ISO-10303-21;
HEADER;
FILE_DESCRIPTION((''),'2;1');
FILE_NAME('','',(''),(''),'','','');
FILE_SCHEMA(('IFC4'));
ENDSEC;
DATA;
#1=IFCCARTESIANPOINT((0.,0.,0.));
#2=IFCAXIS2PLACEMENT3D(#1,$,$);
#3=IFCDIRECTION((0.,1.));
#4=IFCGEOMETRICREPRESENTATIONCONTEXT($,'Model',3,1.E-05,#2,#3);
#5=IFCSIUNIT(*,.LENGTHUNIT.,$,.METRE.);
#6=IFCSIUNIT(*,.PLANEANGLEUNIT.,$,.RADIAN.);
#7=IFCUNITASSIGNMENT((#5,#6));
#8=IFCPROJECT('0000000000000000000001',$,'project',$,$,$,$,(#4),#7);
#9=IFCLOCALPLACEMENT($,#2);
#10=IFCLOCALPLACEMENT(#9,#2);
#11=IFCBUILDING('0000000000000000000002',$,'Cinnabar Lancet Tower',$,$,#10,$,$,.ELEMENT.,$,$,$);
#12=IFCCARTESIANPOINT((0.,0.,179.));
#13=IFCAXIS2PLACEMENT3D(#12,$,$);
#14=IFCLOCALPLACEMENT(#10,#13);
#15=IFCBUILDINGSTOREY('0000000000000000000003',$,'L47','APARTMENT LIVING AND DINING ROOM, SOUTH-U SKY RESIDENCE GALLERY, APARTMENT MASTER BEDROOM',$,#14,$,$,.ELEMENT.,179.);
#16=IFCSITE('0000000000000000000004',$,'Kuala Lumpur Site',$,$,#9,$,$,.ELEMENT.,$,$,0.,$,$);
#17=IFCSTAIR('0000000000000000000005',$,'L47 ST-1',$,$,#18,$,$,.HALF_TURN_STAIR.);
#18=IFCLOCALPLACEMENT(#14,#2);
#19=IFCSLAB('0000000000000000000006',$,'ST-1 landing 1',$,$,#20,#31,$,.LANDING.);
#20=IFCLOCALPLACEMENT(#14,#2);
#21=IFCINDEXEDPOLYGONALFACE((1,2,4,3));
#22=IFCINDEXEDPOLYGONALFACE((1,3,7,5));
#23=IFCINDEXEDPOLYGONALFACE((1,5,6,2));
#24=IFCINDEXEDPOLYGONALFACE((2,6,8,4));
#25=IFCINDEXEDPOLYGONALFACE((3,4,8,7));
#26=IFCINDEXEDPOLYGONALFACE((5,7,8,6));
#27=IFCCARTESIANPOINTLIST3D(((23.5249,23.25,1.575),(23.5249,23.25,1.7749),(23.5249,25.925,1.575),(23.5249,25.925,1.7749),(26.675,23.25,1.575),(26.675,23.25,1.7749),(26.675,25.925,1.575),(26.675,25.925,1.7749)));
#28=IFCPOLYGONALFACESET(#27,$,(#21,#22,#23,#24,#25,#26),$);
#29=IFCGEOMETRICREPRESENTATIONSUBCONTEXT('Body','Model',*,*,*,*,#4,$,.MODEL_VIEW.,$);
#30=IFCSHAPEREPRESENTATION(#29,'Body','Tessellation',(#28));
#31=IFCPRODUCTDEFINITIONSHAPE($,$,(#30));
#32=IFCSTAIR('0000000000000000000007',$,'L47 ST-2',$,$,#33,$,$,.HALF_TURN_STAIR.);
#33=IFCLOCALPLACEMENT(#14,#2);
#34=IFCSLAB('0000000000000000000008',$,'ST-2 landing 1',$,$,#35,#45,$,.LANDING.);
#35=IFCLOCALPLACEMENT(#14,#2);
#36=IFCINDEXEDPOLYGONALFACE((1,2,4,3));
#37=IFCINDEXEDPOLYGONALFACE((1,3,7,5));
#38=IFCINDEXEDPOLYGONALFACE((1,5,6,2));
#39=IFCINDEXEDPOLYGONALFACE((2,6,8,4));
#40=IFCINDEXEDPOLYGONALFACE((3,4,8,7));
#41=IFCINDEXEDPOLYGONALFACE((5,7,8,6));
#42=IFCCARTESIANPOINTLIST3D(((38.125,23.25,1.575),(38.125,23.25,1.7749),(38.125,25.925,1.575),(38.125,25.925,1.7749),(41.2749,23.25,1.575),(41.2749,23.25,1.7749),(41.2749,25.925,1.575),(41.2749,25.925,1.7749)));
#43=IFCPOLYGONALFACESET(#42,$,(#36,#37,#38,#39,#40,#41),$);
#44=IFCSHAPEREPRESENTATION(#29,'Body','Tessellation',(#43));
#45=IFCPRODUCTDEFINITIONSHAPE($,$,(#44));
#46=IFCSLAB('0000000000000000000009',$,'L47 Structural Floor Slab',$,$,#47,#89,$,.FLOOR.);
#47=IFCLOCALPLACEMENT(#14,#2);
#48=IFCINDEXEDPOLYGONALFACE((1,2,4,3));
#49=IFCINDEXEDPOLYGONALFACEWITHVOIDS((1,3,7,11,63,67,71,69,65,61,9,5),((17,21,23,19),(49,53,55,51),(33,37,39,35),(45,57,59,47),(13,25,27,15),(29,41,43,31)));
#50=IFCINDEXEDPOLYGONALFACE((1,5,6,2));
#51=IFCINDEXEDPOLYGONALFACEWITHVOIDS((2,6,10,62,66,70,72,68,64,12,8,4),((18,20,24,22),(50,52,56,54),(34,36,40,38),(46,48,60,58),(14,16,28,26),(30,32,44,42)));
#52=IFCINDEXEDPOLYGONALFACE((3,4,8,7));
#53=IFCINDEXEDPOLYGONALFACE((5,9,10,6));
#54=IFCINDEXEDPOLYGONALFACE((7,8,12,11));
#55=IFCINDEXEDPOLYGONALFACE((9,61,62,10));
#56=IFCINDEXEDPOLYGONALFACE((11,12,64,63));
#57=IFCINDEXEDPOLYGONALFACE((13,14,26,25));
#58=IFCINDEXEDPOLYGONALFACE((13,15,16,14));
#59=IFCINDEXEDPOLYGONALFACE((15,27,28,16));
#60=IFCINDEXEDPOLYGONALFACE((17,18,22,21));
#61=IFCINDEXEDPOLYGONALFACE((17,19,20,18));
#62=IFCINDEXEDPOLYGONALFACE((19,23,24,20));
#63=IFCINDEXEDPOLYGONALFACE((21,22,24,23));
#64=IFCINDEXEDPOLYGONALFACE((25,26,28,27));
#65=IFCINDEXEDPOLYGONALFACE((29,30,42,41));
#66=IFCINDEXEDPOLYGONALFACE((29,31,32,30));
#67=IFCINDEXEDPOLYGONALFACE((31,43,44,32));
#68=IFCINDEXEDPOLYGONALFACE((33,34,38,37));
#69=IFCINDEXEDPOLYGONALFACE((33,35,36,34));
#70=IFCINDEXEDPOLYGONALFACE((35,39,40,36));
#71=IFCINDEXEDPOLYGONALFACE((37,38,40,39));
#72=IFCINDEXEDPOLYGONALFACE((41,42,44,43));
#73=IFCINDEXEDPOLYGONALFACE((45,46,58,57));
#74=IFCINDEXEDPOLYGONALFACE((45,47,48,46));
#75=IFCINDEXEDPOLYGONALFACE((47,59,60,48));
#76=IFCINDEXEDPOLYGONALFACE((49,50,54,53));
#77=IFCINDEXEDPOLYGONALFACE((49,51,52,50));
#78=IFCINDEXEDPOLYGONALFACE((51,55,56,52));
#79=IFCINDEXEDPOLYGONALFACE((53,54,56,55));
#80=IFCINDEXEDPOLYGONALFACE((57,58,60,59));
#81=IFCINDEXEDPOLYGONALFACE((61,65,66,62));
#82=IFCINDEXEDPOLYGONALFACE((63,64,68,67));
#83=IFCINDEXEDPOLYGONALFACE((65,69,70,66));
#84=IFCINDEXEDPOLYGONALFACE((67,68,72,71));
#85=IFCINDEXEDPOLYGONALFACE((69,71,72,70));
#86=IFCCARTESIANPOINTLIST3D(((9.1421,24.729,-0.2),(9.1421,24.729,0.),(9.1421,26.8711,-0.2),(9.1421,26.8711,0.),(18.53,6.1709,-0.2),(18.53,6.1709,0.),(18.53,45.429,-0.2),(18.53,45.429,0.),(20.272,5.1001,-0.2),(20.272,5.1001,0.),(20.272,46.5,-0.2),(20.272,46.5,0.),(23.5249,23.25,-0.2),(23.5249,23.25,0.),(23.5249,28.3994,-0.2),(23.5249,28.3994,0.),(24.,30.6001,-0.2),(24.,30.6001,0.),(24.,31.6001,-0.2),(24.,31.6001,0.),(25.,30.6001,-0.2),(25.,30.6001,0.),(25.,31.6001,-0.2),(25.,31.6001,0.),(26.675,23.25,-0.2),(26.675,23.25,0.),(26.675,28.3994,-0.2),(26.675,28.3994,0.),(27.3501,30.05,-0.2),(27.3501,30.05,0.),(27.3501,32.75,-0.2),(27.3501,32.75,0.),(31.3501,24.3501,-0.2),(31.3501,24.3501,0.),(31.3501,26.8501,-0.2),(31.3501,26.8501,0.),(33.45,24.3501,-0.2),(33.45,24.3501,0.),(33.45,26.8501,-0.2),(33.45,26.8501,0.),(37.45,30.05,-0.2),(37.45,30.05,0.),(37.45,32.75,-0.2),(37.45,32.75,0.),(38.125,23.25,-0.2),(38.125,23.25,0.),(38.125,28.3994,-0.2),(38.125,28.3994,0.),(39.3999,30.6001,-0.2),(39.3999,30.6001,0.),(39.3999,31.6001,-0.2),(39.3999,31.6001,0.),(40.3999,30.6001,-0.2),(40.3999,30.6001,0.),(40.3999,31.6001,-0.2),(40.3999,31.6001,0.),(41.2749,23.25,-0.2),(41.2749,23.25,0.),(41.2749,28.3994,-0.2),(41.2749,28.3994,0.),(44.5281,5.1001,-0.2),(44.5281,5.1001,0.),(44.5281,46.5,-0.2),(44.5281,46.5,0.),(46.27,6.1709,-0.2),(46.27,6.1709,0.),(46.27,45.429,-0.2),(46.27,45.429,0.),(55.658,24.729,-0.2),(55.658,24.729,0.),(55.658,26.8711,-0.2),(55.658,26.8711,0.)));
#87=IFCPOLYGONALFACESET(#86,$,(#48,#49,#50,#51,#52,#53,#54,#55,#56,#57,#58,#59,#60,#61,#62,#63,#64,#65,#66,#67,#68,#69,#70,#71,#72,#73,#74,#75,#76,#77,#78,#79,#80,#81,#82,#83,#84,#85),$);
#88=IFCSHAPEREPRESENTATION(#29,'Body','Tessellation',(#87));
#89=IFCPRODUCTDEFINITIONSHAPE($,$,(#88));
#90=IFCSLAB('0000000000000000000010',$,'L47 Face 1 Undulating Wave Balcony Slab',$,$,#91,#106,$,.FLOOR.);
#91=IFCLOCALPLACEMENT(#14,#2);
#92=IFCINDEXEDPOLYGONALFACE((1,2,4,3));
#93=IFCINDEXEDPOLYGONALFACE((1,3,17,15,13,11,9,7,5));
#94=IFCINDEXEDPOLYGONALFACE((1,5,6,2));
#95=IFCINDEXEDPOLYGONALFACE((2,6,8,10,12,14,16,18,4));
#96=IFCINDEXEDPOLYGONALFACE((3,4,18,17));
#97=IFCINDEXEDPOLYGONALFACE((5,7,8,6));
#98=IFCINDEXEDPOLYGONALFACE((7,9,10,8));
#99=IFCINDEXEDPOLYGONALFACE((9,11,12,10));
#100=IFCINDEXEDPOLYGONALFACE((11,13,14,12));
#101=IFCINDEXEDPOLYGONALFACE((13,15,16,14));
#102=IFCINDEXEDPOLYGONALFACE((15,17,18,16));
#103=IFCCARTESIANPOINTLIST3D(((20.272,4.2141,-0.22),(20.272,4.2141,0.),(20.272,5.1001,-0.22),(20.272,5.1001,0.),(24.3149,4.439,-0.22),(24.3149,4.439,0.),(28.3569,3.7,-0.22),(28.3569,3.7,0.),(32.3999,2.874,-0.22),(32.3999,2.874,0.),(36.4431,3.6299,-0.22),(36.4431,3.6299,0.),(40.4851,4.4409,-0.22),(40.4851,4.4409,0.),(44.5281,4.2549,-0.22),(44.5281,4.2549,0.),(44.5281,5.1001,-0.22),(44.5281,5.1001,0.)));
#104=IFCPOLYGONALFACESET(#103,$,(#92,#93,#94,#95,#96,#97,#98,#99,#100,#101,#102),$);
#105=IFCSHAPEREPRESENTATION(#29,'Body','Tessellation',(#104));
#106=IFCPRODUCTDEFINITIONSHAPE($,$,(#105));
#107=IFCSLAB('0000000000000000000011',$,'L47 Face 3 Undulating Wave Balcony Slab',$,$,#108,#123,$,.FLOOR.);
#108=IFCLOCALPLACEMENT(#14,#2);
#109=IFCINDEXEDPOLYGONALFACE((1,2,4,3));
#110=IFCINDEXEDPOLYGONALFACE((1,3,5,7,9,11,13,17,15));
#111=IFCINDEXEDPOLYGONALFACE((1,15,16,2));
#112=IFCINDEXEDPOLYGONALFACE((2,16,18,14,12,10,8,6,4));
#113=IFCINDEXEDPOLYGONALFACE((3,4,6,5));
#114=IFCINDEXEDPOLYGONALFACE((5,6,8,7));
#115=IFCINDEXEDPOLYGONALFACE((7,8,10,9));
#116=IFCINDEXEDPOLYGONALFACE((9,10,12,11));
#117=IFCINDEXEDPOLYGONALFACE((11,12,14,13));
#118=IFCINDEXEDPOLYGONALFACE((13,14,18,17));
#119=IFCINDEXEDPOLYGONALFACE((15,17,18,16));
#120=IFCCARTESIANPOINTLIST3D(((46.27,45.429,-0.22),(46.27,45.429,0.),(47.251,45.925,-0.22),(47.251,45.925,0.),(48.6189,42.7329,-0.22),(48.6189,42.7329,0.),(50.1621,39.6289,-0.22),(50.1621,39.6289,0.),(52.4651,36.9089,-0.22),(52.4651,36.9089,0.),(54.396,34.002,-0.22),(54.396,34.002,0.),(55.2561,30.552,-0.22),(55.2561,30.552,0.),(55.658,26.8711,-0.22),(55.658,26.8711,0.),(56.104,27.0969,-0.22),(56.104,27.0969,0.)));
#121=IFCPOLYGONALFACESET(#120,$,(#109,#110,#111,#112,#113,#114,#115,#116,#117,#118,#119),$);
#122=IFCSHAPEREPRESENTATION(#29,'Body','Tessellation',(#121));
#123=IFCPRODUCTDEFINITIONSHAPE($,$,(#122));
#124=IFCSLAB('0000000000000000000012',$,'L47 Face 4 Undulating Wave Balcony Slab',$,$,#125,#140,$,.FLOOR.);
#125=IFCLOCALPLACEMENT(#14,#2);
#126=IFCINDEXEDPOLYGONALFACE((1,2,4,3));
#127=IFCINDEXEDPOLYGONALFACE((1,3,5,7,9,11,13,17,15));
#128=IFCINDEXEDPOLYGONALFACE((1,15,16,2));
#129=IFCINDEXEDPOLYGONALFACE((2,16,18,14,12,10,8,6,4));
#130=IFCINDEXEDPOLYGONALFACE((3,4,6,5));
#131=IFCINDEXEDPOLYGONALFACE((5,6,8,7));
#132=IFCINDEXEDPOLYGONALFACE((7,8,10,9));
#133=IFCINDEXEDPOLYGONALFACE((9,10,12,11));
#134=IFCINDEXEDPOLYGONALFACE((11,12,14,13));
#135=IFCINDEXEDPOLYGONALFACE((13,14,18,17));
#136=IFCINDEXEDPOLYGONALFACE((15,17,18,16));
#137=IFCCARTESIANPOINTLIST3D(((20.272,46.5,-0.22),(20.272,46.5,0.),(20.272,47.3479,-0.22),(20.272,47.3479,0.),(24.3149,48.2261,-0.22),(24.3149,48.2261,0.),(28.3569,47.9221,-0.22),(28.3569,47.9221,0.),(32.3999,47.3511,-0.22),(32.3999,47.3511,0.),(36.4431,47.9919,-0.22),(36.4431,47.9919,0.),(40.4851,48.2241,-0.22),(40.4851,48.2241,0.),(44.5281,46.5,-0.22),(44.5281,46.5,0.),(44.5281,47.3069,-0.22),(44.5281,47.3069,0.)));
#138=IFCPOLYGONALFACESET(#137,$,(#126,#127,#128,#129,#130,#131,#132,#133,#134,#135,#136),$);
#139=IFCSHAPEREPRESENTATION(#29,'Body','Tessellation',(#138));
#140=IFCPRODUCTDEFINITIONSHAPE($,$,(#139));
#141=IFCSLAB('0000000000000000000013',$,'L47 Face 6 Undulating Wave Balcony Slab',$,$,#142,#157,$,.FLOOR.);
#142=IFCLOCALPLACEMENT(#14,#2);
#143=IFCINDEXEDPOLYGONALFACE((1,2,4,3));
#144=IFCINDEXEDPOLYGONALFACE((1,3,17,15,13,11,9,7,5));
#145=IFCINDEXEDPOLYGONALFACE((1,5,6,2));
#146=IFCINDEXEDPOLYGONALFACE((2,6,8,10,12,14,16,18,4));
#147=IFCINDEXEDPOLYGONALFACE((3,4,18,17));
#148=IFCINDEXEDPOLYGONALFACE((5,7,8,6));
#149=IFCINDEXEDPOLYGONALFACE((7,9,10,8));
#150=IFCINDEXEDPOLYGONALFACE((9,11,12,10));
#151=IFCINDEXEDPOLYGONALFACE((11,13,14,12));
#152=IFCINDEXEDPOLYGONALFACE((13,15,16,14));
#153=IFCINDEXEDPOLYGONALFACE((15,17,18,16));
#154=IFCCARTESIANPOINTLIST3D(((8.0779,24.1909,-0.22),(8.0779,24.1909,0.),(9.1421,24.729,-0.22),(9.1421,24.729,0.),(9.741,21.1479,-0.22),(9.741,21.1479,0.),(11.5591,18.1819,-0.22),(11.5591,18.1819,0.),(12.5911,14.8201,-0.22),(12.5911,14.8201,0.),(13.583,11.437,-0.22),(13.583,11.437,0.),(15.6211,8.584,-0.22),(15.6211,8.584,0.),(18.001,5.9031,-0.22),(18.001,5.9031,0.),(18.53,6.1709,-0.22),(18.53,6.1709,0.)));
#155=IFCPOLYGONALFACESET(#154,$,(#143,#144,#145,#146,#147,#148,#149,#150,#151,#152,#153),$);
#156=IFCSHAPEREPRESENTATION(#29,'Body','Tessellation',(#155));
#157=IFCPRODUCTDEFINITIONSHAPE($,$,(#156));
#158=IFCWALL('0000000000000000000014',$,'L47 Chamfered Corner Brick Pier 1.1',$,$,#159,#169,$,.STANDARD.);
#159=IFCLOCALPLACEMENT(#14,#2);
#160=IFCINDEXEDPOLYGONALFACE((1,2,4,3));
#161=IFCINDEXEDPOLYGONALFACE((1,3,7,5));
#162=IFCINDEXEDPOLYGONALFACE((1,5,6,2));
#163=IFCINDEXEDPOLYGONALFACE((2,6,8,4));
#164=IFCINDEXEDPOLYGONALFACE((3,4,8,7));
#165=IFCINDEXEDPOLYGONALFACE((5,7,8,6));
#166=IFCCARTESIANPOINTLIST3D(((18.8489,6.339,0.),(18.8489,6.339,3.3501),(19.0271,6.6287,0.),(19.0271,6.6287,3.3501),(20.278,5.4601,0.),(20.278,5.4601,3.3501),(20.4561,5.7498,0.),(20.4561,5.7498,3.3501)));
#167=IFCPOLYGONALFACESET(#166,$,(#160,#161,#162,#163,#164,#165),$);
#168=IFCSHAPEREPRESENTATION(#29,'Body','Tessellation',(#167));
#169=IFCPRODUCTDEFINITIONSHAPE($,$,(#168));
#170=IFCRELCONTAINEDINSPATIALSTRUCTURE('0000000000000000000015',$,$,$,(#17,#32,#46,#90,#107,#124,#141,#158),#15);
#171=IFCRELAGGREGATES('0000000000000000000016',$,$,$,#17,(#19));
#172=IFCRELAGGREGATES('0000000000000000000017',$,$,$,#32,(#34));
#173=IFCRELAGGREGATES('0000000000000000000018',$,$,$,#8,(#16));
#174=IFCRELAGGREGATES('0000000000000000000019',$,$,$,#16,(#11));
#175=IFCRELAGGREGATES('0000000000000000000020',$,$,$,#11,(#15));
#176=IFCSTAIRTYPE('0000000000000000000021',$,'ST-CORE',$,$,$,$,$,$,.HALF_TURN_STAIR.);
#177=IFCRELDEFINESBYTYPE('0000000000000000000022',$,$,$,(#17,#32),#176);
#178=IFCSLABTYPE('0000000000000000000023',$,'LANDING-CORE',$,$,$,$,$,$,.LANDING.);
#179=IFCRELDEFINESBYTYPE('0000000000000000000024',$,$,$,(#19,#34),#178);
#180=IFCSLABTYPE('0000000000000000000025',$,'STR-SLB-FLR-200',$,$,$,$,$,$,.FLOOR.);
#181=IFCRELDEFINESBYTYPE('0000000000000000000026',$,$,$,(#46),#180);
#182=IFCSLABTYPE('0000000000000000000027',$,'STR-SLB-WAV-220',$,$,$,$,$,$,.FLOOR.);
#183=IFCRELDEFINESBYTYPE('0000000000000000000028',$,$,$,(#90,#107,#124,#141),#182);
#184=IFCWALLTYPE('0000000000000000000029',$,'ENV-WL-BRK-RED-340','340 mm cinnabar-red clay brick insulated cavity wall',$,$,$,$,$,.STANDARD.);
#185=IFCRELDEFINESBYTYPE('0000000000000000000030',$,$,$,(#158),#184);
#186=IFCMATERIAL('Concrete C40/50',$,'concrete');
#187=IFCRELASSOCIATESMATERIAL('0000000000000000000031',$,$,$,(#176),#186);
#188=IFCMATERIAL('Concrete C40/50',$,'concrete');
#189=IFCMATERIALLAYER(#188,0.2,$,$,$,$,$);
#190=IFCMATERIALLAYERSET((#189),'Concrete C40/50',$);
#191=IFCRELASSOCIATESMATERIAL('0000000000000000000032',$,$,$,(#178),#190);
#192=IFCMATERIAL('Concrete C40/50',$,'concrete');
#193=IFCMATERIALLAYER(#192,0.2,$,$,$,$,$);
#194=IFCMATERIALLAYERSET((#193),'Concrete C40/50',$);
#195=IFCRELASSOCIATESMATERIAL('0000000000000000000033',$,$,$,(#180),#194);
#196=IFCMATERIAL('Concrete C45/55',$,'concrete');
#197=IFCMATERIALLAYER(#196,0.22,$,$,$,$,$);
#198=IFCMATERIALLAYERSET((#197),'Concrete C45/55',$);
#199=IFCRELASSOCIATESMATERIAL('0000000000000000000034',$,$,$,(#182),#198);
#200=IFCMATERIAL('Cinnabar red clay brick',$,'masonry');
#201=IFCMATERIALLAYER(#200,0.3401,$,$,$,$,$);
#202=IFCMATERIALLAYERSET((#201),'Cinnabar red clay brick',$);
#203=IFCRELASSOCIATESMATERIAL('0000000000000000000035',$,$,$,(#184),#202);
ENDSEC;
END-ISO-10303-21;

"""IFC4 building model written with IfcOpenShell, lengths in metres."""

from ifc_helpers import new_model, si_unit, direction, frame, frame_2d, origin, place, context, subcontext, project, spatial, polyline, rectangle, outline, extrude, material, layer, layer_set, type_object, element, aggregate, save


model = new_model("IFC4")

# Units and contexts
model_context = context("Model", 3, precision=1e-05, world=origin(), true_north=direction((0.0, 1.0)))
body_context = subcontext(model_context, "Body", "Model", "MODEL_VIEW")
ifc_project = project(units=[si_unit("LENGTHUNIT", "METRE"), si_unit("PLANEANGLEUNIT", "RADIAN")], contexts=[model_context])

# Site, building, storey
site_placement = place(None, origin())
site = spatial("IfcSite", under=ifc_project, at=site_placement, Name="Kuala Lumpur Site", CompositionType="ELEMENT", RefElevation=0.0)
building_placement = place(site_placement, origin())
building = spatial("IfcBuilding", under=site, at=building_placement, Name="Cinnabar Lancet Tower", CompositionType="ELEMENT")
storey_placement = place(building_placement, frame((0.0, 0.0, 179.0)))
storey = spatial("IfcBuildingStorey", under=building, at=storey_placement, Name="L47", Description="APARTMENT LIVING AND DINING ROOM, SOUTH-U SKY RESIDENCE GALLERY, APARTMENT MASTER BEDROOM", CompositionType="ELEMENT", Elevation=179.0)

# Stairs, slabs
ifc_material_1 = material(Name="Concrete C40/50", Category="concrete")
stair_type = type_object("IfcStairType", Name="ST-CORE", PredefinedType="HALF_TURN_STAIR", material=ifc_material_1)
stair_1_placement = place(storey_placement, origin())
stair_1 = element("IfcStair", 1, at=stair_1_placement, inside=storey, type_object=stair_type, Name="L47 ST-1", PredefinedType="HALF_TURN_STAIR")
ifc_material_2 = material(Name="Concrete C40/50", Category="concrete")
ifc_layer_1 = layer(ifc_material_2, 0.2)
ifc_layer_set_1 = layer_set([ifc_layer_1], Name="Concrete C40/50")
slab_type_1 = type_object("IfcSlabType", Name="LANDING-CORE", PredefinedType="LANDING", material=ifc_layer_set_1)
slab_1_placement = place(storey_placement, frame((0.0, 0.0, 1.575)))
slab_1 = element("IfcSlab", 2, at=slab_1_placement, type_object=slab_type_1, Name="ST-1 landing 1", PredefinedType="LANDING", context=body_context, shape_type="SweptSolid", body=[
    extrude(outline(polyline([(23.5249, 25.925), (23.5249, 23.25), (26.675, 23.25), (26.675, 25.925), (23.5249, 25.925)])), origin(), (0.0, 0.0, 1.0), 0.2),
])
aggregate(stair_1, [slab_1])
stair_2_placement = place(storey_placement, origin())
stair_2 = element("IfcStair", 3, at=stair_2_placement, inside=storey, type_object=stair_type, Name="L47 ST-2", PredefinedType="HALF_TURN_STAIR")
slab_2_placement = place(storey_placement, frame((0.0, 0.0, 1.575)))
slab_2 = element("IfcSlab", 4, at=slab_2_placement, type_object=slab_type_1, Name="ST-2 landing 1", PredefinedType="LANDING", context=body_context, shape_type="SweptSolid", body=[
    extrude(outline(polyline([(38.125, 25.925), (38.125, 23.25), (41.2749, 23.25), (41.2749, 25.925), (38.125, 25.925)])), origin(), (0.0, 0.0, 1.0), 0.2),
])
aggregate(stair_2, [slab_2])

# Slabs
ifc_material_3 = material(Name="Concrete C40/50", Category="concrete")
ifc_layer_2 = layer(ifc_material_3, 0.2)
ifc_layer_set_2 = layer_set([ifc_layer_2], Name="Concrete C40/50")
slab_type_2 = type_object("IfcSlabType", Name="STR-SLB-FLR-200", PredefinedType="FLOOR", material=ifc_layer_set_2)
slab_3_placement = place(storey_placement, frame((0.0, 0.0, -0.2)))
element("IfcSlab", 5, at=slab_3_placement, inside=storey, type_object=slab_type_2, Name="L47 Structural Floor Slab", PredefinedType="FLOOR", context=body_context, shape_type="SweptSolid", body=[
    extrude(outline(polyline([(18.53, 6.1709), (20.272, 5.1001), (44.5281, 5.1001), (46.27, 6.1709), (55.658, 24.729), (55.658, 26.8711), (46.27, 45.429), (44.5281, 46.5), (20.272, 46.5), (18.53, 45.429), (9.1421, 26.8711), (9.1421, 24.729), (18.53, 6.1709)]), holes=[polyline([(23.5249, 23.25), (26.675, 23.25), (26.675, 28.3994), (23.5249, 28.3994), (23.5249, 23.25)]), polyline([(38.125, 23.25), (41.2749, 23.25), (41.2749, 28.3994), (38.125, 28.3994), (38.125, 23.25)]), polyline([(27.3501, 30.05), (37.45, 30.05), (37.45, 32.75), (27.3501, 32.75), (27.3501, 30.05)]), polyline([(31.3501, 24.3501), (33.45, 24.3501), (33.45, 26.8501), (31.3501, 26.8501), (31.3501, 24.3501)]), polyline([(24.0, 30.6001), (25.0, 30.6001), (25.0, 31.6001), (24.0, 31.6001), (24.0, 30.6001)]), polyline([(39.3999, 30.6001), (40.3999, 30.6001), (40.3999, 31.6001), (39.3999, 31.6001), (39.3999, 30.6001)])]), origin(), (0.0, 0.0, 1.0), 0.2),
])
ifc_material_4 = material(Name="Concrete C45/55", Category="concrete")
ifc_layer_3 = layer(ifc_material_4, 0.22)
ifc_layer_set_3 = layer_set([ifc_layer_3], Name="Concrete C45/55")
slab_type_3 = type_object("IfcSlabType", Name="STR-SLB-WAV-220", PredefinedType="FLOOR", material=ifc_layer_set_3)
slab_4_placement = place(storey_placement, frame((0.0, 0.0, -0.22)))
element("IfcSlab", 6, at=slab_4_placement, inside=storey, type_object=slab_type_3, Name="L47 Face 1 Undulating Wave Balcony Slab", PredefinedType="FLOOR", context=body_context, shape_type="SweptSolid", body=[
    extrude(outline(polyline([(20.272, 5.1001), (20.272, 4.2141), (24.3149, 4.439), (28.3569, 3.7), (32.3999, 2.874), (36.4431, 3.6299), (40.4851, 4.4409), (44.5281, 4.2549), (44.5281, 5.1001), (20.272, 5.1001)])), origin(), (0.0, 0.0, 1.0), 0.22),
])
slab_5_placement = place(storey_placement, frame((0.0, 0.0, -0.22)))
element("IfcSlab", 7, at=slab_5_placement, inside=storey, type_object=slab_type_3, Name="L47 Face 3 Undulating Wave Balcony Slab", PredefinedType="FLOOR", context=body_context, shape_type="SweptSolid", body=[
    extrude(outline(polyline([(55.658, 26.8711), (56.104, 27.0969), (55.2561, 30.552), (54.396, 34.002), (52.4651, 36.9089), (50.1621, 39.6289), (48.6189, 42.7329), (47.251, 45.925), (46.27, 45.429), (55.658, 26.8711)])), origin(), (0.0, 0.0, 1.0), 0.22),
])
slab_6_placement = place(storey_placement, frame((0.0, 0.0, -0.22)))
element("IfcSlab", 8, at=slab_6_placement, inside=storey, type_object=slab_type_3, Name="L47 Face 4 Undulating Wave Balcony Slab", PredefinedType="FLOOR", context=body_context, shape_type="SweptSolid", body=[
    extrude(outline(polyline([(44.5281, 46.5), (44.5281, 47.3069), (40.4851, 48.2241), (36.4431, 47.9919), (32.3999, 47.3511), (28.3569, 47.9221), (24.3149, 48.2261), (20.272, 47.3479), (20.272, 46.5), (44.5281, 46.5)])), origin(), (0.0, 0.0, 1.0), 0.22),
])
slab_7_placement = place(storey_placement, frame((0.0, 0.0, -0.22)))
element("IfcSlab", 9, at=slab_7_placement, inside=storey, type_object=slab_type_3, Name="L47 Face 6 Undulating Wave Balcony Slab", PredefinedType="FLOOR", context=body_context, shape_type="SweptSolid", body=[
    extrude(outline(polyline([(9.1421, 24.729), (8.0779, 24.1909), (9.741, 21.1479), (11.5591, 18.1819), (12.5911, 14.8201), (13.583, 11.437), (15.6211, 8.584), (18.001, 5.9031), (18.53, 6.1709), (9.1421, 24.729)])), origin(), (0.0, 0.0, 1.0), 0.22),
])

# Wall
ifc_material_5 = material(Name="Cinnabar red clay brick", Category="masonry")
ifc_layer_4 = layer(ifc_material_5, 0.3401)
ifc_layer_set_4 = layer_set([ifc_layer_4], Name="Cinnabar red clay brick")
wall_type = type_object("IfcWallType", Name="ENV-WL-BRK-RED-340", Description="340 mm cinnabar-red clay brick insulated cavity wall", PredefinedType="STANDARD", material=ifc_layer_set_4)
wall_1_placement = place(storey_placement, frame((18.938, 6.4839, 0.0), z_axis=(0.0, 0.0, 1.0), x_axis=(0.851778, -0.523903, 0.0)))
element("IfcWall", 10, at=wall_1_placement, inside=storey, type_object=wall_type, Name="L47 Chamfered Corner Brick Pier 1.1", PredefinedType="STANDARD", context=body_context, shape_type="SweptSolid", body=[
    extrude(rectangle(XDim=1.6777, YDim=0.3401, at=frame_2d((0.8389, 0.0))), origin(), (0.0, 0.0, 1.0), 3.3501),
])

save(model, "model.ifc")
